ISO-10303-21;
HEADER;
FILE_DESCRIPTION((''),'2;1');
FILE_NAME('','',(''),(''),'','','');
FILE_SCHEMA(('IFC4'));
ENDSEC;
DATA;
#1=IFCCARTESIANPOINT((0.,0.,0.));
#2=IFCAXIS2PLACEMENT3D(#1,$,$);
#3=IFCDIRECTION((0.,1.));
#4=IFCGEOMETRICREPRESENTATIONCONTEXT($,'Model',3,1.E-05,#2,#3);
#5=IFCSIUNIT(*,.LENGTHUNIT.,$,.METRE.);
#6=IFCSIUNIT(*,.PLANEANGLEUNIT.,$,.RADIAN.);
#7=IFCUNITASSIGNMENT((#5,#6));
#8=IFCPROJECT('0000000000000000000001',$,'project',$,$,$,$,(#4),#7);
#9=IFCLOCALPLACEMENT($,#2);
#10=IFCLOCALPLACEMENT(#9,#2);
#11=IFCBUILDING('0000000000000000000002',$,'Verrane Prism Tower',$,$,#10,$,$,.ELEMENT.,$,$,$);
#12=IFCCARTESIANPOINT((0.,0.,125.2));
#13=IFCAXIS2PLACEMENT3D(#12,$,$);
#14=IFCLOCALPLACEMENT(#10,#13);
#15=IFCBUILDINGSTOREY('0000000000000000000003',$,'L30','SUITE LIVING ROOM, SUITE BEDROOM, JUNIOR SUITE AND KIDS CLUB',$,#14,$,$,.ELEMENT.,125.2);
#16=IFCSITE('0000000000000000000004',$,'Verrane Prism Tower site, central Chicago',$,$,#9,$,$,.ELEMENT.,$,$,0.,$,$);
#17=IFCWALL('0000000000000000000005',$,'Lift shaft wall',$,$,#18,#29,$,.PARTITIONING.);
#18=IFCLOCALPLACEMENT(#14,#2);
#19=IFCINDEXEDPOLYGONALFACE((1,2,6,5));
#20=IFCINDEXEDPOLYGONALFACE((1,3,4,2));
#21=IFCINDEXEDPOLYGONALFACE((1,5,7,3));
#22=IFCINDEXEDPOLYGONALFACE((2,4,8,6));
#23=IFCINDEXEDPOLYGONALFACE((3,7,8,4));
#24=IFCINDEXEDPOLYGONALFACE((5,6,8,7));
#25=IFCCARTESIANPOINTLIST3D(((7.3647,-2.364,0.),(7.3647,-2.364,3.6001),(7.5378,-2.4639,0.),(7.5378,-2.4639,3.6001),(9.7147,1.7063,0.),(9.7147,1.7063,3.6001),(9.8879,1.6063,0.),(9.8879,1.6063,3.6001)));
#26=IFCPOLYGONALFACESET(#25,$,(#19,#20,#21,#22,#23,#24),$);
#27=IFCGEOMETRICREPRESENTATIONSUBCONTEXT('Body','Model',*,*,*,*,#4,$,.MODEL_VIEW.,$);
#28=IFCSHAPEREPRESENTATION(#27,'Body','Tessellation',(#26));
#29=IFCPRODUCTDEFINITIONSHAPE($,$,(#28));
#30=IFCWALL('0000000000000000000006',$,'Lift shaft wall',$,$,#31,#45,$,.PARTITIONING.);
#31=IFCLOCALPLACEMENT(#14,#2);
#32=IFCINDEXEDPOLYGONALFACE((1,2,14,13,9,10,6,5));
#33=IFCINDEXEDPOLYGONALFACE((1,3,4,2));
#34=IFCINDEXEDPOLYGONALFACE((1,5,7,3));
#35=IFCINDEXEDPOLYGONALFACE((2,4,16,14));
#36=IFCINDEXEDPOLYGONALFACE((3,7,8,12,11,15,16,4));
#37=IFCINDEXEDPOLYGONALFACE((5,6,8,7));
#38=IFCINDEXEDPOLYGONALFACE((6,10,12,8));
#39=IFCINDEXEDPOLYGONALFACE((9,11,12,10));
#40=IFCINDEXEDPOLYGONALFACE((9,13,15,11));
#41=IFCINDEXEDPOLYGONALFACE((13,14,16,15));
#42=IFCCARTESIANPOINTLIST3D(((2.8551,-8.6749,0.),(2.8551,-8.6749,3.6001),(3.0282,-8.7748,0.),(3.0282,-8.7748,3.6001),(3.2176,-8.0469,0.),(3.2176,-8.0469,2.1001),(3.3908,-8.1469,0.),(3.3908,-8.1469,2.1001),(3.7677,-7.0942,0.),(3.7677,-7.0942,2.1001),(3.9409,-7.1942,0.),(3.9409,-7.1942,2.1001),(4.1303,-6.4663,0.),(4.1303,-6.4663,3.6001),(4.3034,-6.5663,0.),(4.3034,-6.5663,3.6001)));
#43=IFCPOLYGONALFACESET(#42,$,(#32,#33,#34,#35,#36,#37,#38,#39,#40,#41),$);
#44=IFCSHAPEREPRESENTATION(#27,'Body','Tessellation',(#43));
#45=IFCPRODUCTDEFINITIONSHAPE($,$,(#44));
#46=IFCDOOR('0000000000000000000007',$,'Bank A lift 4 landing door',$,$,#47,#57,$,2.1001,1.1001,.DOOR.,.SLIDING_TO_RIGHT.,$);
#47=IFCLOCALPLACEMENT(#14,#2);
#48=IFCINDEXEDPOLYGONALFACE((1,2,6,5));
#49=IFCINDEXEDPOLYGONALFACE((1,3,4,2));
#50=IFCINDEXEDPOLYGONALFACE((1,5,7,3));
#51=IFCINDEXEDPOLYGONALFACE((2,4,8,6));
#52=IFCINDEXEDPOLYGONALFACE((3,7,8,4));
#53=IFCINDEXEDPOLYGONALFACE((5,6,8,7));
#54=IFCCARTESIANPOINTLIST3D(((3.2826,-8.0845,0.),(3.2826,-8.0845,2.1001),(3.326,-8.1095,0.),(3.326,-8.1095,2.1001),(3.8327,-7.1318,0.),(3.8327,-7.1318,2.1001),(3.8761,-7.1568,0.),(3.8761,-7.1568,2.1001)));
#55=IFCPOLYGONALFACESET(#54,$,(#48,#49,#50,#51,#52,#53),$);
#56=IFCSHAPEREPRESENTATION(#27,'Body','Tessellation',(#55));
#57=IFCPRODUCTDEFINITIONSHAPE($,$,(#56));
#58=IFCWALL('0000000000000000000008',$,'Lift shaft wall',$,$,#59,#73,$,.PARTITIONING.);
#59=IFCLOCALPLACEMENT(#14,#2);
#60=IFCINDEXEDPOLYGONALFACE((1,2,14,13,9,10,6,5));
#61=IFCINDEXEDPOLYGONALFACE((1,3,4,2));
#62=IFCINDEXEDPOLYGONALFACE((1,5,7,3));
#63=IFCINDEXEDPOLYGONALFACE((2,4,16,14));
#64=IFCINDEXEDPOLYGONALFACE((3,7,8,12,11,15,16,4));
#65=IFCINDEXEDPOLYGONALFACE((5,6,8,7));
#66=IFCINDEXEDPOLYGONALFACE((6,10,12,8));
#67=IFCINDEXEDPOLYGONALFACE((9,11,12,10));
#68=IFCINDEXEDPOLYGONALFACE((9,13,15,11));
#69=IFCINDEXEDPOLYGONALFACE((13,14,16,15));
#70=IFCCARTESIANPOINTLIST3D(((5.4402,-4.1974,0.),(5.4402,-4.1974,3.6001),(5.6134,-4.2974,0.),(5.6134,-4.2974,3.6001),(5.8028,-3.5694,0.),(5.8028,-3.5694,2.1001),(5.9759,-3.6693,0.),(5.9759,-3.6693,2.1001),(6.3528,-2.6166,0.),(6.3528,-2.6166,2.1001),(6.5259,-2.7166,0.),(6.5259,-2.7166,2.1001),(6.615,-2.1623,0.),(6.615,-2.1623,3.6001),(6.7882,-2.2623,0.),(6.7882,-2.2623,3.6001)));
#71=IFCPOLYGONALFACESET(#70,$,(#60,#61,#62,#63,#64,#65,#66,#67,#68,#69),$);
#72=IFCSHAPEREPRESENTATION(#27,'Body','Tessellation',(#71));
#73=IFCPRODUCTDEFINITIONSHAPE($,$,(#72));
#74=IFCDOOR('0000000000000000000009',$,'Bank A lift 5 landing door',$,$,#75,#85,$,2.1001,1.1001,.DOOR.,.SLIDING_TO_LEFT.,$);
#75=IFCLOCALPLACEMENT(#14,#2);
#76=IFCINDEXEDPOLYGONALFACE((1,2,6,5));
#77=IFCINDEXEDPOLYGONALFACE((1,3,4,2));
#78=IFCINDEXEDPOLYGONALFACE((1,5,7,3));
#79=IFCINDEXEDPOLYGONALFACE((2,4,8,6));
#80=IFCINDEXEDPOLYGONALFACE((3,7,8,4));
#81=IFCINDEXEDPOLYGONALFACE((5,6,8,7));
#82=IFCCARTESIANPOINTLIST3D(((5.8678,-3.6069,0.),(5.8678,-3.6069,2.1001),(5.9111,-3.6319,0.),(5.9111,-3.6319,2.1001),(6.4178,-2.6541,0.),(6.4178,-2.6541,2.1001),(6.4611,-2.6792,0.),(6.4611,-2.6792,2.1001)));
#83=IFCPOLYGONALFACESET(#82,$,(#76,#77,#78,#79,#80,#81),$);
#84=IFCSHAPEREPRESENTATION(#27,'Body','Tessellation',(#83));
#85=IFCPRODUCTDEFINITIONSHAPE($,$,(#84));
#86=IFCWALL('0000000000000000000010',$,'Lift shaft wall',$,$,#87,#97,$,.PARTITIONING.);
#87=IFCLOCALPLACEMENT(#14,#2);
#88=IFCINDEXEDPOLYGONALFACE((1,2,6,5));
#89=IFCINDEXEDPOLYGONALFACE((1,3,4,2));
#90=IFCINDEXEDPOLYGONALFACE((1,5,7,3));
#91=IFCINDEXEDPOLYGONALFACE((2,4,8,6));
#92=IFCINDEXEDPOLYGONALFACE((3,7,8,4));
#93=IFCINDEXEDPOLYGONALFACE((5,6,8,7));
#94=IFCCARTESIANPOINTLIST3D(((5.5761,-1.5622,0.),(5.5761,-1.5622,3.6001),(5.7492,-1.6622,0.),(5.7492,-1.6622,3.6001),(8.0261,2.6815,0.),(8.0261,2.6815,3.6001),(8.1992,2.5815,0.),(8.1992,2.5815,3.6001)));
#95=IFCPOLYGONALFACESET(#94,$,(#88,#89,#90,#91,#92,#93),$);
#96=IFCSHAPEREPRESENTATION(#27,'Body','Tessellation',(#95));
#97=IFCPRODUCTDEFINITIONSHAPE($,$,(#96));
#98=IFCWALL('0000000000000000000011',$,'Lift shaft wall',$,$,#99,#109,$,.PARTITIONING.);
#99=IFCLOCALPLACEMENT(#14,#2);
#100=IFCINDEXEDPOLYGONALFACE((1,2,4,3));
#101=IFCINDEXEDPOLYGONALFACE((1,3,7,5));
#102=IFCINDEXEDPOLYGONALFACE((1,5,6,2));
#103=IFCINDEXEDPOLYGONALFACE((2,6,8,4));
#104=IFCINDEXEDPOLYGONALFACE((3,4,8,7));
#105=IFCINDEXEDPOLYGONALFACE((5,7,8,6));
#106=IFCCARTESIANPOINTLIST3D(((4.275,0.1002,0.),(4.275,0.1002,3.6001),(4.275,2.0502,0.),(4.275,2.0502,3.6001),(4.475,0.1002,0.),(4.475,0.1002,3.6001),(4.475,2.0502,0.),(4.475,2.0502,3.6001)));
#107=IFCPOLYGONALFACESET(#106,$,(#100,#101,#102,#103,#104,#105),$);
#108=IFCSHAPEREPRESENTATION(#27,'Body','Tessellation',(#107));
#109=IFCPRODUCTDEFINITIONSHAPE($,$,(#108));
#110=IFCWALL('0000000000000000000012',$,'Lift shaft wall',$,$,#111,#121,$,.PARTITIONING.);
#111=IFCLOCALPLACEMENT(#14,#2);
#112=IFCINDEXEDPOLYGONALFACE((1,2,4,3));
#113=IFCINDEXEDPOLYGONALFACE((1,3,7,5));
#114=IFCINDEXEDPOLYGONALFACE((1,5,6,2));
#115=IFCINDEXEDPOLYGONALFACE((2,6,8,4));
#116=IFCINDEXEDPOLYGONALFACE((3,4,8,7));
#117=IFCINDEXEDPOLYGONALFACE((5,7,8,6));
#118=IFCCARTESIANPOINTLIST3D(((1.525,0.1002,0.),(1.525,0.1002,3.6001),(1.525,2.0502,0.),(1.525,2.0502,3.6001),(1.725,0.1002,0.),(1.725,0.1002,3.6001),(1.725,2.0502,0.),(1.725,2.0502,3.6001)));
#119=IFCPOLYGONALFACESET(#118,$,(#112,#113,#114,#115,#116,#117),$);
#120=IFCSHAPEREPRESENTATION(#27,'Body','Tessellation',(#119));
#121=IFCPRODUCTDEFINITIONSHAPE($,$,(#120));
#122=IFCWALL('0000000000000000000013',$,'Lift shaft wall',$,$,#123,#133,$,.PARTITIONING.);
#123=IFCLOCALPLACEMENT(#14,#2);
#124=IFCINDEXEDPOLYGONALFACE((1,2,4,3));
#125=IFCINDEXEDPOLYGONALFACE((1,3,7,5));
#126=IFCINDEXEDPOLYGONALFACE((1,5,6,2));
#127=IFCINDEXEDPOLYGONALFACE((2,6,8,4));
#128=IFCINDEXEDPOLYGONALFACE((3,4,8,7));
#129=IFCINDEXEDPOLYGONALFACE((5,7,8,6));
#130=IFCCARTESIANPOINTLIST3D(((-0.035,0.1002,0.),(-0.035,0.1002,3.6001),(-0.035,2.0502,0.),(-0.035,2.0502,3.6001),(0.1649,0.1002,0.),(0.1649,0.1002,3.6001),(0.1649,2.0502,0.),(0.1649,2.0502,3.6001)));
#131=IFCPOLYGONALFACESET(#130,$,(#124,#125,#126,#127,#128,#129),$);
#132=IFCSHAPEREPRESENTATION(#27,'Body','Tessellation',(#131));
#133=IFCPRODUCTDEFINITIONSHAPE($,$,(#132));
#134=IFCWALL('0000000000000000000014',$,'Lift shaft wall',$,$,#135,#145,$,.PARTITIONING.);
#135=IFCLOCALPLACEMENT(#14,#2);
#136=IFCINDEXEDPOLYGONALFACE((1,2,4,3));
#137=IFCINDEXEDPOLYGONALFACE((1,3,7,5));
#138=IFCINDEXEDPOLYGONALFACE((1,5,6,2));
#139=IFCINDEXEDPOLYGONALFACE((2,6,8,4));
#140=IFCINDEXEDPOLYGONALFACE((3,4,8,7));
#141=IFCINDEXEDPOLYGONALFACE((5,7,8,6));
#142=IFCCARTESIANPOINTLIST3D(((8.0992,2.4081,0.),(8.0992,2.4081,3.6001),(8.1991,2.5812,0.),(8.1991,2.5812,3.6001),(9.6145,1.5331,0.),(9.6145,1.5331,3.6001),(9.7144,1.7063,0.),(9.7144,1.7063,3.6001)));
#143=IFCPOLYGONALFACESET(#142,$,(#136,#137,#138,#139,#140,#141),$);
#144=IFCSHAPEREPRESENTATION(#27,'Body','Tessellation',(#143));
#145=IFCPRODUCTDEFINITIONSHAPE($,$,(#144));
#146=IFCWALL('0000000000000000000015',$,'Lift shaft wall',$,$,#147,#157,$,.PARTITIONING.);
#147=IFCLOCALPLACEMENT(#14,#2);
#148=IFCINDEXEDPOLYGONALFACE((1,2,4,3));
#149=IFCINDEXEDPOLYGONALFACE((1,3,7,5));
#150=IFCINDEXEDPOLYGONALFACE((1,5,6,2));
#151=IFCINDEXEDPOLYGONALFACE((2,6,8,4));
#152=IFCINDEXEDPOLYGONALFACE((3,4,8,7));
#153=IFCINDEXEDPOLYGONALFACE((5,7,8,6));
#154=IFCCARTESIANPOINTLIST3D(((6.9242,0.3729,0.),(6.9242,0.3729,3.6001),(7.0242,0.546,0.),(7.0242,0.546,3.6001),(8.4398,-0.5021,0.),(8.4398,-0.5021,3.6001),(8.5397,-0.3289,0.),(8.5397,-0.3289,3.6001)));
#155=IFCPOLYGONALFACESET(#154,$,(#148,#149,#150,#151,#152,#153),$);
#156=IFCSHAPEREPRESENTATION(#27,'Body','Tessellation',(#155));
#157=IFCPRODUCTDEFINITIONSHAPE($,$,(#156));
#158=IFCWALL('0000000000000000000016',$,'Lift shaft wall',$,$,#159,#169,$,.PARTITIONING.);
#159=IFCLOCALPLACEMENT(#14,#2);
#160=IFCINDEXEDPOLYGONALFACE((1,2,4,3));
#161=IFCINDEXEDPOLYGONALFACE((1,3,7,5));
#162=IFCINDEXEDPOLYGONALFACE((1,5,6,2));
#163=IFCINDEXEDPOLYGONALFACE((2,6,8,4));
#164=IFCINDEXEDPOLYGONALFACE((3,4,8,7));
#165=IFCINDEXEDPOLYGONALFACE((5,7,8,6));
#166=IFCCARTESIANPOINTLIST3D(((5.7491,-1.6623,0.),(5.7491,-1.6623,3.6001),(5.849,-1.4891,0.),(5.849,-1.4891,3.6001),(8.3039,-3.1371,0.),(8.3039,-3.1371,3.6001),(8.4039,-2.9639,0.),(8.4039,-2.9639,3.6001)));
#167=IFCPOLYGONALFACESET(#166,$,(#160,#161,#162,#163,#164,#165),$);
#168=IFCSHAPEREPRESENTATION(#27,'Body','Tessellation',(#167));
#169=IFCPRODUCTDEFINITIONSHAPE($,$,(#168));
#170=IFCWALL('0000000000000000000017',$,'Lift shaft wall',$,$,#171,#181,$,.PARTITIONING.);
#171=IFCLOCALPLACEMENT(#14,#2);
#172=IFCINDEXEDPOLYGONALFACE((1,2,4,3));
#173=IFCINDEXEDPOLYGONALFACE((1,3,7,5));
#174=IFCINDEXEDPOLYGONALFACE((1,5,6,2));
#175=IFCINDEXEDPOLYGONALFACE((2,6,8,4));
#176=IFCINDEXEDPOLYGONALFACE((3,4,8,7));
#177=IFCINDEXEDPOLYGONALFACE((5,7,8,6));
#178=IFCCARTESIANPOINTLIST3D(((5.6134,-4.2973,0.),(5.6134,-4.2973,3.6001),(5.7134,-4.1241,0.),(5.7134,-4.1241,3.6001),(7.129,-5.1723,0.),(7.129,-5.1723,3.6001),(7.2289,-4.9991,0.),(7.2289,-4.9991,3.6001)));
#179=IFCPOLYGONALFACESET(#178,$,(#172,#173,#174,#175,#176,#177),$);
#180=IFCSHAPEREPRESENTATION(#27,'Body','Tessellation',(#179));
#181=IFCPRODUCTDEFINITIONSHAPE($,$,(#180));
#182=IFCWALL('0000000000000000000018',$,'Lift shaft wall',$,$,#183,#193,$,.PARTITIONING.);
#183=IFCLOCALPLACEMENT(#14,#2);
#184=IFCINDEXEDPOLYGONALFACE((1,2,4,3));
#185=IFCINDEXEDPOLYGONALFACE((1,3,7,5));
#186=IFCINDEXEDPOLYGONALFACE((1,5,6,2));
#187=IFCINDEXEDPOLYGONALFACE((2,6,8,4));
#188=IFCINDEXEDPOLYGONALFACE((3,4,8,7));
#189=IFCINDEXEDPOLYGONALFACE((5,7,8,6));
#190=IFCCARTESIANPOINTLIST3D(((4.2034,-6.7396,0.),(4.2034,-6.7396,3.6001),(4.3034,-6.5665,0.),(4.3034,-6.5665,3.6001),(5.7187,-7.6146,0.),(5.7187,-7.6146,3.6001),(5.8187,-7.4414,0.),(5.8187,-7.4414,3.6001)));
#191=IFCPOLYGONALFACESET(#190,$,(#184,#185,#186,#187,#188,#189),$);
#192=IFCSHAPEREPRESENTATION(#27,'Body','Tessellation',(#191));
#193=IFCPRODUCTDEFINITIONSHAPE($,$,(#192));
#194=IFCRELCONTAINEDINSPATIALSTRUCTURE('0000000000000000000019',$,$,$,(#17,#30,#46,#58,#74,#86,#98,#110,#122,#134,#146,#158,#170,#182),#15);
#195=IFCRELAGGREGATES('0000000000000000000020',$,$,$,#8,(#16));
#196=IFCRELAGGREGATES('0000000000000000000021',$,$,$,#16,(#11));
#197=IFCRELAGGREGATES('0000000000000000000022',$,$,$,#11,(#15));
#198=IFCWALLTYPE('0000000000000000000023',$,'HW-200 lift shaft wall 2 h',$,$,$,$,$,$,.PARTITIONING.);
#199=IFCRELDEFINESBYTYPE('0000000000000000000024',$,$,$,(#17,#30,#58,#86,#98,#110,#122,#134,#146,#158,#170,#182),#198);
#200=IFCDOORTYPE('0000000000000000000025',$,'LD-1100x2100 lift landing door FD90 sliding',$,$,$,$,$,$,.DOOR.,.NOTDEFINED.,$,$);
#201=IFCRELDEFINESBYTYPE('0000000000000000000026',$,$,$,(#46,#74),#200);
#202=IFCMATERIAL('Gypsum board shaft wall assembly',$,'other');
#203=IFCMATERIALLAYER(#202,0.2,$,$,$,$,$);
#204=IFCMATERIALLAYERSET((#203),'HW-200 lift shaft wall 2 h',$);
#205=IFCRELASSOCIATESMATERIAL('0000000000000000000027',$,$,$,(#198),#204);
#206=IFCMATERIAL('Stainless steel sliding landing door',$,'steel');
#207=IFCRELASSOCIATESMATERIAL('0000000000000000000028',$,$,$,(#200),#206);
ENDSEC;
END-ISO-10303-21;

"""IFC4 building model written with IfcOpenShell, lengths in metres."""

from ifc_helpers import new_model, si_unit, direction, frame, frame_2d, origin, place, context, subcontext, project, spatial, rectangle, extrude, material, layer, layer_set, type_object, element, fill, save


model = new_model("IFC4")

# Units and contexts
model_context = context("Model", 3, precision=1e-05, world=origin(), true_north=direction((0.0, 1.0)))
body_context = subcontext(model_context, "Body", "Model", "MODEL_VIEW")
ifc_project = project(units=[si_unit("LENGTHUNIT", "METRE"), si_unit("PLANEANGLEUNIT", "RADIAN")], contexts=[model_context])

# Site, building, storey
site_placement = place(None, origin())
site = spatial("IfcSite", under=ifc_project, at=site_placement, Name="Verrane Prism Tower site, central Chicago", CompositionType="ELEMENT", RefElevation=0.0)
building_placement = place(site_placement, origin())
building = spatial("IfcBuilding", under=site, at=building_placement, Name="Verrane Prism Tower", CompositionType="ELEMENT")
storey_placement = place(building_placement, frame((0.0, 0.0, 125.2)))
storey = spatial("IfcBuildingStorey", under=building, at=storey_placement, Name="L30", Description="SUITE LIVING ROOM, SUITE BEDROOM, JUNIOR SUITE AND KIDS CLUB", CompositionType="ELEMENT", Elevation=125.2)

# Wall
ifc_material_1 = material(Name="Gypsum board shaft wall assembly", Category="other")
ifc_layer_1 = layer(ifc_material_1, 0.2)
ifc_layer_set_1 = layer_set([ifc_layer_1], Name="HW-200 lift shaft wall 2 h")
wall_type_1 = type_object("IfcWallType", Name="HW-200 lift shaft wall 2 h", PredefinedType="PARTITIONING", material=ifc_layer_set_1)
wall_1_placement = place(storey_placement, frame((7.4512, -2.4141, 0.0), z_axis=(0.0, 0.0, 1.0), x_axis=(0.500016, 0.866016, 0.0)))
element("IfcWall", 1, at=wall_1_placement, inside=storey, type_object=wall_type_1, Name="Lift shaft wall", PredefinedType="PARTITIONING", context=body_context, shape_type="SweptSolid", body=[
    extrude(rectangle(XDim=4.7, YDim=0.2, at=frame_2d((2.3501, 0.0))), origin(), (0.0, 0.0, 1.0), 3.6001),
])

# Walls, openings, doors
wall_2_placement = place(storey_placement, frame((2.9417, -8.7249, 0.0), z_axis=(0.0, 0.0, 1.0), x_axis=(0.500021, 0.866013, 0.0)))
wall_2 = element("IfcWall", 2, at=wall_2_placement, inside=storey, type_object=wall_type_1, Name="Lift shaft wall", PredefinedType="PARTITIONING", context=body_context, shape_type="SweptSolid", body=[
    extrude(rectangle(XDim=2.5503, YDim=0.2, at=frame_2d((1.2751, 0.0))), origin(), (0.0, 0.0, 1.0), 3.6001),
])
opening_1_placement = place(wall_2_placement, frame((0.7251, 0.0, 0.0)))
opening_1 = element("IfcOpeningElement", 3, at=opening_1_placement, cuts=wall_2, PredefinedType="OPENING", context=body_context, shape_type="SweptSolid", body=[
    extrude(rectangle(XDim=1.1001, YDim=2.1001, at=frame_2d((0.55, 1.05))), frame((0.0, 0.1099, 0.0), z_axis=(0.0, -1.0, 0.0), x_axis=(1.0, 0.0, 0.0)), (0.0, 0.0, 1.0), 0.22),
])
ifc_material_2 = material(Name="Stainless steel sliding landing door", Category="steel")
door_type_1 = type_object("IfcDoorType", Name="LD-1100x2100 lift landing door FD90 sliding", OperationType="NOTDEFINED", PredefinedType="DOOR", material=ifc_material_2)
door_1_placement = place(opening_1_placement, origin())
door_1 = element("IfcDoor", 4, at=door_1_placement, inside=storey, type_object=door_type_1, Name="Bank A lift 4 landing door", OperationType="SLIDING_TO_RIGHT", OverallHeight=2.1001, OverallWidth=1.1001, PredefinedType="DOOR", context=body_context, shape_type="SweptSolid", body=[
    extrude(rectangle(XDim=1.1001, YDim=2.1001, at=frame_2d((0.55, 1.05))), frame((0.0, 0.0249, 0.0), z_axis=(0.0, -1.0, 0.0), x_axis=(1.0, 0.0, 0.0)), (0.0, 0.0, 1.0), 0.05),
])
fill(opening_1, door_1)
wall_3_placement = place(storey_placement, frame((5.5269, -4.2473, 0.0), z_axis=(0.0, 0.0, 1.0), x_axis=(0.499938, 0.866061, 0.0)))
wall_3 = element("IfcWall", 5, at=wall_3_placement, inside=storey, type_object=wall_type_1, Name="Lift shaft wall", PredefinedType="PARTITIONING", context=body_context, shape_type="SweptSolid", body=[
    extrude(rectangle(XDim=2.3499, YDim=0.2, at=frame_2d((1.1748, 0.0))), origin(), (0.0, 0.0, 1.0), 3.6001),
])
opening_2_placement = place(wall_3_placement, frame((0.7251, 0.0, 0.0)))
opening_2 = element("IfcOpeningElement", 6, at=opening_2_placement, cuts=wall_3, PredefinedType="OPENING", context=body_context, shape_type="SweptSolid", body=[
    extrude(rectangle(XDim=1.1001, YDim=2.1001, at=frame_2d((0.55, 1.05))), frame((0.0, 0.1099, 0.0), z_axis=(0.0, -1.0, 0.0), x_axis=(1.0, 0.0, 0.0)), (0.0, 0.0, 1.0), 0.22),
])
door_2_placement = place(opening_2_placement, origin())
door_2 = element("IfcDoor", 7, at=door_2_placement, inside=storey, type_object=door_type_1, Name="Bank A lift 5 landing door", OperationType="SLIDING_TO_LEFT", OverallHeight=2.1001, OverallWidth=1.1001, PredefinedType="DOOR", context=body_context, shape_type="SweptSolid", body=[
    extrude(rectangle(XDim=1.1001, YDim=2.1001, at=frame_2d((0.55, 1.05))), frame((0.0, 0.0249, 0.0), z_axis=(0.0, -1.0, 0.0), x_axis=(1.0, 0.0, 0.0)), (0.0, 0.0, 1.0), 0.05),
])
fill(opening_2, door_2)

# Walls
wall_4_placement = place(storey_placement, frame((5.6626, -1.6123, 0.0), z_axis=(0.0, 0.0, 1.0), x_axis=(0.499981, 0.866036, 0.0)))
element("IfcWall", 8, at=wall_4_placement, inside=storey, type_object=wall_type_1, Name="Lift shaft wall", PredefinedType="PARTITIONING", context=body_context, shape_type="SweptSolid", body=[
    extrude(rectangle(XDim=4.9001, YDim=0.2, at=frame_2d((2.4502, 0.0))), origin(), (0.0, 0.0, 1.0), 3.6001),
])
for number, where, z_axis, x_axis, name in (
    (9, (4.375, 0.1001, 0.0), (0.0, 0.0, 1.0), (0.0, 1.0, 0.0), "Lift shaft wall"),
    (10, (1.625, 0.1001, 0.0), (0.0, 0.0, 1.0), (0.0, 1.0, 0.0), "Lift shaft wall"),
    (11, (0.0649, 0.1001, 0.0), (0.0, 0.0, 1.0), (0.0, 1.0, 0.0), "Lift shaft wall"),
):
    element("IfcWall", number, at=place(storey_placement, frame(where, z_axis=z_axis, x_axis=x_axis)), inside=storey, type_object=wall_type_1, Name=name, PredefinedType="PARTITIONING", context=body_context, shape_type="SweptSolid", body=[
        extrude(rectangle(XDim=1.95, YDim=0.2, at=frame_2d((0.9751, 0.0))), origin(), (0.0, 0.0, 1.0), 3.6001),
    ])
wall_5_placement = place(storey_placement, frame((9.6646, 1.6196, 0.0), z_axis=(0.0, 0.0, 1.0), x_axis=(-0.866002, 0.50004, 0.0)))
element("IfcWall", 12, at=wall_5_placement, inside=storey, type_object=wall_type_1, Name="Lift shaft wall", PredefinedType="PARTITIONING", context=body_context, shape_type="SweptSolid", body=[
    extrude(rectangle(XDim=1.7498, YDim=0.2, at=frame_2d((0.875, 0.0))), origin(), (0.0, 0.0, 1.0), 3.6001),
])
wall_6_placement = place(storey_placement, frame((8.4897, -0.4155, 0.0), z_axis=(0.0, 0.0, 1.0), x_axis=(-0.866037, 0.49998, 0.0)))
element("IfcWall", 13, at=wall_6_placement, inside=storey, type_object=wall_type_1, Name="Lift shaft wall", PredefinedType="PARTITIONING", context=body_context, shape_type="SweptSolid", body=[
    extrude(rectangle(XDim=1.75, YDim=0.2, at=frame_2d((0.875, 0.0))), origin(), (0.0, 0.0, 1.0), 3.6001),
])
wall_7_placement = place(storey_placement, frame((8.354, -3.0505, 0.0), z_axis=(0.0, 0.0, 1.0), x_axis=(-0.86606, 0.49994, 0.0)))
element("IfcWall", 14, at=wall_7_placement, inside=storey, type_object=wall_type_1, Name="Lift shaft wall", PredefinedType="PARTITIONING", context=body_context, shape_type="SweptSolid", body=[
    extrude(rectangle(XDim=2.95, YDim=0.2, at=frame_2d((1.4751, 0.0))), origin(), (0.0, 0.0, 1.0), 3.6001),
])
wall_8_placement = place(storey_placement, frame((7.179, -5.0857, 0.0), z_axis=(0.0, 0.0, 1.0), x_axis=(-0.866037, 0.49998, 0.0)))
element("IfcWall", 15, at=wall_8_placement, inside=storey, type_object=wall_type_1, Name="Lift shaft wall", PredefinedType="PARTITIONING", context=body_context, shape_type="SweptSolid", body=[
    extrude(rectangle(XDim=1.75, YDim=0.2, at=frame_2d((0.875, 0.0))), origin(), (0.0, 0.0, 1.0), 3.6001),
])
wall_9_placement = place(storey_placement, frame((5.7688, -7.5281, 0.0), z_axis=(0.0, 0.0, 1.0), x_axis=(-0.866002, 0.50004, 0.0)))
element("IfcWall", 16, at=wall_9_placement, inside=storey, type_object=wall_type_1, Name="Lift shaft wall", PredefinedType="PARTITIONING", context=body_context, shape_type="SweptSolid", body=[
    extrude(rectangle(XDim=1.7498, YDim=0.2, at=frame_2d((0.875, 0.0))), origin(), (0.0, 0.0, 1.0), 3.6001),
])

save(model, "model.ifc")
